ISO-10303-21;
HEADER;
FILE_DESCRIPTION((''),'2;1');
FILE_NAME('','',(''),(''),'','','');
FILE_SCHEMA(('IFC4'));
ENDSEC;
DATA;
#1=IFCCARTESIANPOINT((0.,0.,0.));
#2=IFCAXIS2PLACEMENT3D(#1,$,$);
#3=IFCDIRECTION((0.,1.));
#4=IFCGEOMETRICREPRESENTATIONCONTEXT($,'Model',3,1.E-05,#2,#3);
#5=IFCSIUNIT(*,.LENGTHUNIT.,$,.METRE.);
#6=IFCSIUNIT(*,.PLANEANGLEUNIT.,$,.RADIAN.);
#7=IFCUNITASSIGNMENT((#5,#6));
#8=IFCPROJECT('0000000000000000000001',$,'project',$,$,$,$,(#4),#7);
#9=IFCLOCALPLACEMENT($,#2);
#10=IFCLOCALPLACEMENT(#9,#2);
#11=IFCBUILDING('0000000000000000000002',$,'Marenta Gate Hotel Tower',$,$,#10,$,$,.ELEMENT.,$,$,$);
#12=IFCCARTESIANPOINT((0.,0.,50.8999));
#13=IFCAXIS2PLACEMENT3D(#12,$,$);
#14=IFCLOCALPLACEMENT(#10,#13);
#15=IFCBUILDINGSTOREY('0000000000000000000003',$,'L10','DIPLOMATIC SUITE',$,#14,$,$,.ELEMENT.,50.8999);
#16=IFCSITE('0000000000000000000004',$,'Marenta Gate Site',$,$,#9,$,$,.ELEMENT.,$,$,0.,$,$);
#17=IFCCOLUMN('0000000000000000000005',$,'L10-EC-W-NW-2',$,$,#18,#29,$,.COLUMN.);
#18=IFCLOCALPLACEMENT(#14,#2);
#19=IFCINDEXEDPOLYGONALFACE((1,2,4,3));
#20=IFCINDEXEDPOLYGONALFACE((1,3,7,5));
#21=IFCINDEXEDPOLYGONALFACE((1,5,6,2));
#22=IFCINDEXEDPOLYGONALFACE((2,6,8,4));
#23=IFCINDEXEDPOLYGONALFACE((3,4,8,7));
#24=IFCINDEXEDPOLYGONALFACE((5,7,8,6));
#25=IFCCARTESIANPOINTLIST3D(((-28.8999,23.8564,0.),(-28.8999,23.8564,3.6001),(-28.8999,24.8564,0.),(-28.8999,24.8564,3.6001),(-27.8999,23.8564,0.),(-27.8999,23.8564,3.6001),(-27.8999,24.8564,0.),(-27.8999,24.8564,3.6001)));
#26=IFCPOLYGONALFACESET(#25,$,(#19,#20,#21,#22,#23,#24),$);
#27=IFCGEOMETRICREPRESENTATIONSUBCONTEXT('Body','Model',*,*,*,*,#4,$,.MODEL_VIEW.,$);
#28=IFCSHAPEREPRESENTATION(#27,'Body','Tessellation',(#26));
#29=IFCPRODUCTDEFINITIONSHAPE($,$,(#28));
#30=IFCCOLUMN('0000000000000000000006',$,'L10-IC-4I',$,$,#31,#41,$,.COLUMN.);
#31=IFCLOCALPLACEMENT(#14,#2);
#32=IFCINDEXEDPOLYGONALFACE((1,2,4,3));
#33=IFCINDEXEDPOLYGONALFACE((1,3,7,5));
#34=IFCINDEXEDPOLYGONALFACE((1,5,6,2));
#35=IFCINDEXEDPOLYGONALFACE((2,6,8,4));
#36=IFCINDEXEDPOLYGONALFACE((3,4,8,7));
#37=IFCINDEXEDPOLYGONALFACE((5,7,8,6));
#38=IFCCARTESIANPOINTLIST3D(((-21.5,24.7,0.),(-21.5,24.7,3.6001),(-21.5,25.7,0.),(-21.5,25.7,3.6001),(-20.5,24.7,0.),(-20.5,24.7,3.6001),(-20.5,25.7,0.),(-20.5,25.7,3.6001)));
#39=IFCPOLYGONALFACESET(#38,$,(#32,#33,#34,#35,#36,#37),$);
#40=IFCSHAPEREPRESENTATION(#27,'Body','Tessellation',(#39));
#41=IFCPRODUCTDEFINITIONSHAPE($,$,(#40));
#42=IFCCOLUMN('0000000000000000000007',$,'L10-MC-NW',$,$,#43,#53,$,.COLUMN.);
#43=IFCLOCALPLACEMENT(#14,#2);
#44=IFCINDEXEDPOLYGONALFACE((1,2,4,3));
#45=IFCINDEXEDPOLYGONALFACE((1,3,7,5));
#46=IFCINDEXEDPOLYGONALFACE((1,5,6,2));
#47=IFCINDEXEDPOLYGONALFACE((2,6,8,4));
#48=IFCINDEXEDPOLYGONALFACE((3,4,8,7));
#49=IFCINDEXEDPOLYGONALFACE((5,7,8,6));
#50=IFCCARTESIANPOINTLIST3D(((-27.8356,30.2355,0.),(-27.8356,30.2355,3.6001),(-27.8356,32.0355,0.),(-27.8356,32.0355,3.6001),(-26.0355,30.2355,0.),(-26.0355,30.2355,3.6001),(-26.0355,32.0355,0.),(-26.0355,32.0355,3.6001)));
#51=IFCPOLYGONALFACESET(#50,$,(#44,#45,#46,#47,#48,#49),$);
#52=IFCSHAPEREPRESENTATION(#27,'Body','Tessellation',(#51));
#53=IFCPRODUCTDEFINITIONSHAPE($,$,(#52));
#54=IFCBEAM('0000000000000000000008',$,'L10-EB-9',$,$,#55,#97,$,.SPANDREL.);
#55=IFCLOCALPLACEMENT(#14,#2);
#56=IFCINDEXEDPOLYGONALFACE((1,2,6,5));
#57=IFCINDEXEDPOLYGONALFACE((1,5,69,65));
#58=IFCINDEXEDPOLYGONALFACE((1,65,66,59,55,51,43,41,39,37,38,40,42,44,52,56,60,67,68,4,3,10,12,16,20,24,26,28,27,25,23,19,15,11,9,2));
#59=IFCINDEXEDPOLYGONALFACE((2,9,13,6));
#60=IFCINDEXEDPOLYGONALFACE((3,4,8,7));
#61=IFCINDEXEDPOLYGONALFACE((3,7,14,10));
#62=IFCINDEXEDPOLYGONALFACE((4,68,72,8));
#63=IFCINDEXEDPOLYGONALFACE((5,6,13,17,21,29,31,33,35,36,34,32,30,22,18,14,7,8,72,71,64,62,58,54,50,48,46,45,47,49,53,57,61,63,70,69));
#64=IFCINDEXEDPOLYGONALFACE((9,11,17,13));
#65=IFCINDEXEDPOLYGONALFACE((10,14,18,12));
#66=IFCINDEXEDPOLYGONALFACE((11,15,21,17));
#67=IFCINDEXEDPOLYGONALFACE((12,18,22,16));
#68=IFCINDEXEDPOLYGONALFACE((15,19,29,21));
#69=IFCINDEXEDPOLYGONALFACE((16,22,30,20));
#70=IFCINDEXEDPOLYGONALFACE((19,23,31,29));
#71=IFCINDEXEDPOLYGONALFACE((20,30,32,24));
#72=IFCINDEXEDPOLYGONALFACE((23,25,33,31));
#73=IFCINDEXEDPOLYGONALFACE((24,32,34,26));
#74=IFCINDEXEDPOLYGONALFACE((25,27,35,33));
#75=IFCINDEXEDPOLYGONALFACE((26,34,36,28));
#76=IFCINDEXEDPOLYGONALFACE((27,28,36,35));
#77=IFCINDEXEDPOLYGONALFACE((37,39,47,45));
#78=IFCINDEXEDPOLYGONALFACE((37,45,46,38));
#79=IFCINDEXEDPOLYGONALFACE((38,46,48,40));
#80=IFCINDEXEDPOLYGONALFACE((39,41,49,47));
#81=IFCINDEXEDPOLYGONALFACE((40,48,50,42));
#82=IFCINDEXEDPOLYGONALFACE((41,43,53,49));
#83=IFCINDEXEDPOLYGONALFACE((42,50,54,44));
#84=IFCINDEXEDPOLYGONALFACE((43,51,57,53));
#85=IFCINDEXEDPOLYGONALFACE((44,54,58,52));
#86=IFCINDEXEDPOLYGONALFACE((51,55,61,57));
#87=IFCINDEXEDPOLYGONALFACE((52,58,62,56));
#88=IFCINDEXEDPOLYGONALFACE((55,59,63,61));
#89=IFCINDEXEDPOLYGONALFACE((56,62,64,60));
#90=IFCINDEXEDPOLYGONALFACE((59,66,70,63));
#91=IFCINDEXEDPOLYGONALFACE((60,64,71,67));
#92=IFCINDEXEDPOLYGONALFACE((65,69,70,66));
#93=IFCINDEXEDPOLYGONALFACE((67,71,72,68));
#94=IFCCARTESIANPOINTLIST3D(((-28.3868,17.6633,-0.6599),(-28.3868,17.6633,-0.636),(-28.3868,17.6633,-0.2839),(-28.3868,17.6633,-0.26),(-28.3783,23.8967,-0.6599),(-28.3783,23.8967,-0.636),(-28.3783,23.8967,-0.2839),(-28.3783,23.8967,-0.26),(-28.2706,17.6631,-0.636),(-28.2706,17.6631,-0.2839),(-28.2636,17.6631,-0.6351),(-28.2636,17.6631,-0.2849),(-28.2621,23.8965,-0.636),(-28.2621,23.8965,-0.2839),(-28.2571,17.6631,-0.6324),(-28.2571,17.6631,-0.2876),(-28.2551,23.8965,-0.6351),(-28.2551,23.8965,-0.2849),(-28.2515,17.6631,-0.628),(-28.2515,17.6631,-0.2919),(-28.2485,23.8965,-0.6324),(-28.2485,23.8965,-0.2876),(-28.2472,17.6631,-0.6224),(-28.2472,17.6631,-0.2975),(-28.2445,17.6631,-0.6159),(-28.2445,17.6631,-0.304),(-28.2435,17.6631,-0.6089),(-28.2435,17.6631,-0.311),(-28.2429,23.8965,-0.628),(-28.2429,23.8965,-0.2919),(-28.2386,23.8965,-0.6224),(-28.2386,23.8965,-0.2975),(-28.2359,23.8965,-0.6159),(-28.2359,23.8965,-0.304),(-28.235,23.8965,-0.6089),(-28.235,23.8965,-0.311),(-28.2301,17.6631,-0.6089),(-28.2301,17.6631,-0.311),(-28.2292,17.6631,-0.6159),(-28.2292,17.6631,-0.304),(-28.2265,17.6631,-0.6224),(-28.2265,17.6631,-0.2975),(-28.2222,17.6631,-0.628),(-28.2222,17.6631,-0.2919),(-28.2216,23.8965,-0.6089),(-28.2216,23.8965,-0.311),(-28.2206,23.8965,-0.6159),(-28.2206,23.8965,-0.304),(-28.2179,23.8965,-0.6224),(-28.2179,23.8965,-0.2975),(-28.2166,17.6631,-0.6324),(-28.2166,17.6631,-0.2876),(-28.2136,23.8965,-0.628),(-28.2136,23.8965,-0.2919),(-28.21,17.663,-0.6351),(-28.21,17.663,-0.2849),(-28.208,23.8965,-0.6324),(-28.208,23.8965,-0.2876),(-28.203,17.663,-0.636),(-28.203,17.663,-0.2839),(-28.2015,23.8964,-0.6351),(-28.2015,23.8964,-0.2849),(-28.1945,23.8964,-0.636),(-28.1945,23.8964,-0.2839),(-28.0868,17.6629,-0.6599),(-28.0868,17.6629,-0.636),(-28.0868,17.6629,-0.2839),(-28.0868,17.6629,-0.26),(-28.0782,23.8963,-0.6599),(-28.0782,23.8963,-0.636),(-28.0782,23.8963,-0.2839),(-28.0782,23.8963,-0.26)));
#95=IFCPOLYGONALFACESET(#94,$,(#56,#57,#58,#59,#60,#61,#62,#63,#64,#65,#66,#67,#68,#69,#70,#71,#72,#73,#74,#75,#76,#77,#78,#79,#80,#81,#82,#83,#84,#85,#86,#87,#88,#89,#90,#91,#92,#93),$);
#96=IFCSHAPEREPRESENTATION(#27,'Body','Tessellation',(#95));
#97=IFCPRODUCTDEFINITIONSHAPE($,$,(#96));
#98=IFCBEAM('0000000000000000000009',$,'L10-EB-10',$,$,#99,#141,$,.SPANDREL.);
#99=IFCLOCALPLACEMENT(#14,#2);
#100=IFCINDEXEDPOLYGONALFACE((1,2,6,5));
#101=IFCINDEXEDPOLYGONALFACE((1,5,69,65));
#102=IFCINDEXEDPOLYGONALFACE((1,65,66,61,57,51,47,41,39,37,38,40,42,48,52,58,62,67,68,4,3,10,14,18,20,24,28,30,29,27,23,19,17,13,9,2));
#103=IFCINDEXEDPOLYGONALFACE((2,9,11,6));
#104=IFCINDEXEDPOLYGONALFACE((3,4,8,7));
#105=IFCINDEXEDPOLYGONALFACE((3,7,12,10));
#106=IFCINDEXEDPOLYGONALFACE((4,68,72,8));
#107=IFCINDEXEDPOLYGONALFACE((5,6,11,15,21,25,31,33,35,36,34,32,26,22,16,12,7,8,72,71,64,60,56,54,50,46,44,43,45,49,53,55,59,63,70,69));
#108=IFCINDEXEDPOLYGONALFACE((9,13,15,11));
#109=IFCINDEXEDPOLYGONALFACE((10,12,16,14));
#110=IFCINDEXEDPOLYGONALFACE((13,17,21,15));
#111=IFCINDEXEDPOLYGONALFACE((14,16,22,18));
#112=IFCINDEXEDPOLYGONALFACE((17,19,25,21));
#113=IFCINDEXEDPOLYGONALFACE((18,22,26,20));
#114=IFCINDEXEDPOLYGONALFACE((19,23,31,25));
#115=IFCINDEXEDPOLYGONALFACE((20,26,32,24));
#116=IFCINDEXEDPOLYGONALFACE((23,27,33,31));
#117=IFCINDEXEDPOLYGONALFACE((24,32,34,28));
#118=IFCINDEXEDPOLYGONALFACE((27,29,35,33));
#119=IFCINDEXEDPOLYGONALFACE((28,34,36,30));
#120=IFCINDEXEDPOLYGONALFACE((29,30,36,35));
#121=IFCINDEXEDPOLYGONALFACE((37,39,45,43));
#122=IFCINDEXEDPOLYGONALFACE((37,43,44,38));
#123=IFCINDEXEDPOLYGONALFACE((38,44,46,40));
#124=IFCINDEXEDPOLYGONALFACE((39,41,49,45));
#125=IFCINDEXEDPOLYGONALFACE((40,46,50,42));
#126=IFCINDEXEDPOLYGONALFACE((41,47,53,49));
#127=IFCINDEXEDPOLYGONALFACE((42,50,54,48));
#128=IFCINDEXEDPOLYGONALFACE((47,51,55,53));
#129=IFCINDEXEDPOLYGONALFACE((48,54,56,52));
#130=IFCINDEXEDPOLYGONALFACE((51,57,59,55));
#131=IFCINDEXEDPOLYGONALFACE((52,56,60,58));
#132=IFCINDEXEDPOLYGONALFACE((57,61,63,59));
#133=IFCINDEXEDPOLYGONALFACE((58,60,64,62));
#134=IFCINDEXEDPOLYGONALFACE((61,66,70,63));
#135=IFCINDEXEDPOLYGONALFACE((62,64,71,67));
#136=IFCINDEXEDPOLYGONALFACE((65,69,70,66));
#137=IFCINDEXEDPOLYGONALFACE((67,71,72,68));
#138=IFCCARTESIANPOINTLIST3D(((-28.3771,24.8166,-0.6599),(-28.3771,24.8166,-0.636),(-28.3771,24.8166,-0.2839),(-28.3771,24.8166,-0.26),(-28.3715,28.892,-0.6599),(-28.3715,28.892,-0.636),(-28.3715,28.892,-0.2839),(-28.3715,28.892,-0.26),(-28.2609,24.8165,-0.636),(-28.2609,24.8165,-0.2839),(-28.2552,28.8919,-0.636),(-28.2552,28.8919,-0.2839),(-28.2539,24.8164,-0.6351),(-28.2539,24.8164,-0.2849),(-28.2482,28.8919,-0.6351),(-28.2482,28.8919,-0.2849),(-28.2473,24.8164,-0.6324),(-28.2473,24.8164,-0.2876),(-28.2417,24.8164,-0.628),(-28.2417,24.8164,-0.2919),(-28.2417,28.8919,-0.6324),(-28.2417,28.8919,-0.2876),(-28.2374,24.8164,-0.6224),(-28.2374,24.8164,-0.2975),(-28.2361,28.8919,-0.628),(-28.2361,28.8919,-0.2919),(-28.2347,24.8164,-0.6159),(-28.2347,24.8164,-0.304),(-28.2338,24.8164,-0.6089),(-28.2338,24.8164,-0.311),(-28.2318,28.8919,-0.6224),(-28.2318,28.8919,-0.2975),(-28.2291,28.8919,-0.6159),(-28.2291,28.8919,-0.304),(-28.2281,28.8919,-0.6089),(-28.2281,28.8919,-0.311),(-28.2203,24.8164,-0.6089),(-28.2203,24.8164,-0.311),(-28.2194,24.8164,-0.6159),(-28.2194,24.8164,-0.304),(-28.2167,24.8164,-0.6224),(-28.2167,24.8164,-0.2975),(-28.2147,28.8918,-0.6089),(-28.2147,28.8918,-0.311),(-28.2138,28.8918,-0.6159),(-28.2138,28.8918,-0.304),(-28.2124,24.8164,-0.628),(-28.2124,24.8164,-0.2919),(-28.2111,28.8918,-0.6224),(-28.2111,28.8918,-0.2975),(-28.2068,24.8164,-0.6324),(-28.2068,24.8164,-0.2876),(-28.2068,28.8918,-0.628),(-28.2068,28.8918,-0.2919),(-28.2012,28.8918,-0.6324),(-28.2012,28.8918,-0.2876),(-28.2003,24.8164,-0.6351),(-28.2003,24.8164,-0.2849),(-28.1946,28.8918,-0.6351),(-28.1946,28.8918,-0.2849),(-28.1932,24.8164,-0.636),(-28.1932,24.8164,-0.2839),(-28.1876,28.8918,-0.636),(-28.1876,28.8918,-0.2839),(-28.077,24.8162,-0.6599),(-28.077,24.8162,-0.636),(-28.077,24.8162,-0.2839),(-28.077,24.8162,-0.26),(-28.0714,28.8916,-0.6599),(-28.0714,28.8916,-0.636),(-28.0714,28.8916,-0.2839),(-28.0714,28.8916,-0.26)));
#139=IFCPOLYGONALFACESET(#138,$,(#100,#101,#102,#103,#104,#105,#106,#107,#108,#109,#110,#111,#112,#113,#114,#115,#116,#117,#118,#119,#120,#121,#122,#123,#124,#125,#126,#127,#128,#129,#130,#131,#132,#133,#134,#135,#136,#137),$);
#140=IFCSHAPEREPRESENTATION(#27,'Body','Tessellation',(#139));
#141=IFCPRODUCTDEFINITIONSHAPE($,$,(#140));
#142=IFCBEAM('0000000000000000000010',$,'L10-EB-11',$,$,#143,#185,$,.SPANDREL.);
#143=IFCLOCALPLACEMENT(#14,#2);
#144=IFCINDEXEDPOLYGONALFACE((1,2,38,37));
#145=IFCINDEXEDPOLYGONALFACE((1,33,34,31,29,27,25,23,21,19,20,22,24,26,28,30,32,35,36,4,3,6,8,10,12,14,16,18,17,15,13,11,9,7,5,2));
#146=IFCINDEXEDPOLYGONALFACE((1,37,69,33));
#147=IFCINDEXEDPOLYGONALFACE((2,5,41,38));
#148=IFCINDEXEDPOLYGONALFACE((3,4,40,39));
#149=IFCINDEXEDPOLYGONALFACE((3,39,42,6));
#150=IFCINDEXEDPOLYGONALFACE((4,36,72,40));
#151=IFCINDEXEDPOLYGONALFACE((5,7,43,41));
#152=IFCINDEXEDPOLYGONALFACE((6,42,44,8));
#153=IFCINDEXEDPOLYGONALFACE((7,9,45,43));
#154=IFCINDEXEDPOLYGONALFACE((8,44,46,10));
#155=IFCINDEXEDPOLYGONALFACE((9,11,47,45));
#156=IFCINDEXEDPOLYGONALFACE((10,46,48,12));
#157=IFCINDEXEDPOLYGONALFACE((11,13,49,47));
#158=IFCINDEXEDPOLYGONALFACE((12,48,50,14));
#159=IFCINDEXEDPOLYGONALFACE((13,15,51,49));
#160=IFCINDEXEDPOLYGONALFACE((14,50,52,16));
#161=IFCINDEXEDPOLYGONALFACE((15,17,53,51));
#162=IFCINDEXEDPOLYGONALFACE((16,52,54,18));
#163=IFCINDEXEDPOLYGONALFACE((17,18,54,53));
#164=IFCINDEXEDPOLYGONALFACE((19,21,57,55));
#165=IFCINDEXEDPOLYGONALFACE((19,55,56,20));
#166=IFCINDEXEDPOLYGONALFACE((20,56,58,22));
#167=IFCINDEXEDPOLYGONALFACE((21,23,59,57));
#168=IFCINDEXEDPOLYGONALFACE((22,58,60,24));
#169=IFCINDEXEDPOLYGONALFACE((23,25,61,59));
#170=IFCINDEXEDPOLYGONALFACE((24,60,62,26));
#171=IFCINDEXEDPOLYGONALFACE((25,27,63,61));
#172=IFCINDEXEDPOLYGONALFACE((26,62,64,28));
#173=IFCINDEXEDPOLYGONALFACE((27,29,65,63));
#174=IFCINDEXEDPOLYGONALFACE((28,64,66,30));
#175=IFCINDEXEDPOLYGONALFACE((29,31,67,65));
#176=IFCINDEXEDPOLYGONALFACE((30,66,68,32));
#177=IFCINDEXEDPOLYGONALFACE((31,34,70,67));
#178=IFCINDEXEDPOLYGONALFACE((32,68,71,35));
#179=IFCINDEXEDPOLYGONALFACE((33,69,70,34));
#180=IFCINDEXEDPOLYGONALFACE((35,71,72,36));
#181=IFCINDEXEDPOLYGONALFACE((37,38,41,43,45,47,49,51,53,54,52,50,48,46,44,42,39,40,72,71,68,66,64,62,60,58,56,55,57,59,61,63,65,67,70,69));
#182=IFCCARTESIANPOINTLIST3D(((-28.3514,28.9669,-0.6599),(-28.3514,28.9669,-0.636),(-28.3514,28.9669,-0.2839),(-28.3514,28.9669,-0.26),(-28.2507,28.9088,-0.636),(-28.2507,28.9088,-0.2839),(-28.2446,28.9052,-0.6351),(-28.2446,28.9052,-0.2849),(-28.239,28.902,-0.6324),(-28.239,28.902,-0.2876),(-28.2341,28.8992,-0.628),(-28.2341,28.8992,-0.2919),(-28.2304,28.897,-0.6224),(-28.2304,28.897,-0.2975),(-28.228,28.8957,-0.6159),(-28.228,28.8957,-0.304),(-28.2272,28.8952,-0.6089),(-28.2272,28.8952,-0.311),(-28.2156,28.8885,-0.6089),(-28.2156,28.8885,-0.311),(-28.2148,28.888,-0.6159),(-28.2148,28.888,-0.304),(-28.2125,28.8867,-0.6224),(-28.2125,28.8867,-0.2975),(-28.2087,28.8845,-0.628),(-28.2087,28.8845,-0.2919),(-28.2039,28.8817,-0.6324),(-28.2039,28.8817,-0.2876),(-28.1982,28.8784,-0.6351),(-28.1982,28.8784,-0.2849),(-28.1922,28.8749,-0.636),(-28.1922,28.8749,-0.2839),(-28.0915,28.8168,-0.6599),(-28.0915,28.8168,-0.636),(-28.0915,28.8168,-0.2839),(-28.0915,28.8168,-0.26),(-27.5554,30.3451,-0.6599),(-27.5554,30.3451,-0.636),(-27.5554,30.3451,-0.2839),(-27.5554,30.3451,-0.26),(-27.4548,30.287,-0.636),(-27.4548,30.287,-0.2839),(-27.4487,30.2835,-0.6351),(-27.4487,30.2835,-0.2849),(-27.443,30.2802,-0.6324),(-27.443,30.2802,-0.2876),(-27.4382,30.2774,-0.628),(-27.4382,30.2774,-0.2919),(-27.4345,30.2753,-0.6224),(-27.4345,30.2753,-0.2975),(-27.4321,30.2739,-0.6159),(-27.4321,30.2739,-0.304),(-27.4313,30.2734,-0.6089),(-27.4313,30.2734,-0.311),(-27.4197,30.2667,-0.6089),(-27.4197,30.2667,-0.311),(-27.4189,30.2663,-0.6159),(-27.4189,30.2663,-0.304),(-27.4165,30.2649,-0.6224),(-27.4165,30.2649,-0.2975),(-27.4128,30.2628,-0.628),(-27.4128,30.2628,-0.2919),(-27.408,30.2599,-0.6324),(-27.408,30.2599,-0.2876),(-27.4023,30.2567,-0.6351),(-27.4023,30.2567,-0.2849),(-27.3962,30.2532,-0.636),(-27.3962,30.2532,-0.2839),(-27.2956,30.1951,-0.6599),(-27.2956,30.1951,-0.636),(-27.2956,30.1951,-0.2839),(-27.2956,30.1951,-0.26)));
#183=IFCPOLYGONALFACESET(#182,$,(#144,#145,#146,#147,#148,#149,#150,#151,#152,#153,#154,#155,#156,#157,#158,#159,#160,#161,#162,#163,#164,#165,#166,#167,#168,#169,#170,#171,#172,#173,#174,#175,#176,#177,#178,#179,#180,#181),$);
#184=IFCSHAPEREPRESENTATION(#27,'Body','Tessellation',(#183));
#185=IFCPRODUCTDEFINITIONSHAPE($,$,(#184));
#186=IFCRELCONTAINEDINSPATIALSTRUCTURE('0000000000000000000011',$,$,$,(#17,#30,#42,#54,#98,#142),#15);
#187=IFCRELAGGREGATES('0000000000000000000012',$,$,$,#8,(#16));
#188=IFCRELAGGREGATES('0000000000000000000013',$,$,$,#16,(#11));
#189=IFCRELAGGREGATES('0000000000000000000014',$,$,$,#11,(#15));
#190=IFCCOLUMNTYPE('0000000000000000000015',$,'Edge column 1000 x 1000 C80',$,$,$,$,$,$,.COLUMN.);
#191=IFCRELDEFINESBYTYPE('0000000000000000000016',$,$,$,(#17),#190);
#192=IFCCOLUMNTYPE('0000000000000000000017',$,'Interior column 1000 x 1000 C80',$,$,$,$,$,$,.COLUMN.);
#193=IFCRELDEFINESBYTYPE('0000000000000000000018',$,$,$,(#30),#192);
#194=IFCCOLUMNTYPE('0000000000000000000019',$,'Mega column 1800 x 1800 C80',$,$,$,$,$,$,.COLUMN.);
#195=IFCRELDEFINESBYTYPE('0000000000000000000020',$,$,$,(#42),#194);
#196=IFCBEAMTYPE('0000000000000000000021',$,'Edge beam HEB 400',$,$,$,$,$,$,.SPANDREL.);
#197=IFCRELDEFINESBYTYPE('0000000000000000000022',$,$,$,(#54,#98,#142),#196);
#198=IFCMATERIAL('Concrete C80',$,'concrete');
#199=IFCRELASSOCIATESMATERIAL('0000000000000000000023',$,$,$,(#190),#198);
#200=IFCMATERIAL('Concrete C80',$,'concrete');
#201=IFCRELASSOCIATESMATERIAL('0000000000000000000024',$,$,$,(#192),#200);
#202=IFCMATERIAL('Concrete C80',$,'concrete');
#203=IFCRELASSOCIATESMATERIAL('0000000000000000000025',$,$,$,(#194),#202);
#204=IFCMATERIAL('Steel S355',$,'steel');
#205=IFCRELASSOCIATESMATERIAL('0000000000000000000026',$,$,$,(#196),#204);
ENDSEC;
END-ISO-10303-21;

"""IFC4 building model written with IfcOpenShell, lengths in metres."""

from ifc_helpers import new_model, si_unit, direction, frame, origin, origin_2d, place, context, subcontext, project, spatial, rectangle, i_section, extrude, material, material_profile, profile_set, type_object, element, save


model = new_model("IFC4")

# Units and contexts
model_context = context("Model", 3, precision=1e-05, world=origin(), true_north=direction((0.0, 1.0)))
body_context = subcontext(model_context, "Body", "Model", "MODEL_VIEW")
ifc_project = project(units=[si_unit("LENGTHUNIT", "METRE"), si_unit("PLANEANGLEUNIT", "RADIAN")], contexts=[model_context])

# Site, building, storey
site_placement = place(None, origin())
site = spatial("IfcSite", under=ifc_project, at=site_placement, Name="Marenta Gate Site", CompositionType="ELEMENT", RefElevation=0.0)
building_placement = place(site_placement, origin())
building = spatial("IfcBuilding", under=site, at=building_placement, Name="Marenta Gate Hotel Tower", CompositionType="ELEMENT")
storey_placement = place(building_placement, frame((0.0, 0.0, 50.8999)))
storey = spatial("IfcBuildingStorey", under=building, at=storey_placement, Name="L10", Description="DIPLOMATIC SUITE", CompositionType="ELEMENT", Elevation=50.8999)

# Columns
ifc_material_1 = material(Name="Concrete C80", Category="concrete")
ifc_material_profile_1 = material_profile(ifc_material_1, rectangle(XDim=1.0, YDim=1.0, at=origin_2d()), Name="1000 x 1000")
ifc_profile_set_1 = profile_set([ifc_material_profile_1], Name="Concrete C80")
column_type_1 = type_object("IfcColumnType", Name="Edge column 1000 x 1000 C80", PredefinedType="COLUMN", material=ifc_profile_set_1)
column_1_placement = place(storey_placement, frame((-28.3999, 24.3564, 0.0), z_axis=(0.0, 0.0, 1.0), x_axis=(1.0, 0.0, 0.0)))
element("IfcColumn", 1, at=column_1_placement, inside=storey, type_object=column_type_1, Name="L10-EC-W-NW-2", PredefinedType="COLUMN", context=body_context, shape_type="SweptSolid", body=[
    extrude(rectangle(XDim=1.0, YDim=1.0, at=origin_2d()), origin(), (0.0, 0.0, 1.0), 3.6001),
])
ifc_material_2 = material(Name="Concrete C80", Category="concrete")
ifc_material_profile_2 = material_profile(ifc_material_2, rectangle(XDim=1.0, YDim=1.0, at=origin_2d()), Name="1000 x 1000")
ifc_profile_set_2 = profile_set([ifc_material_profile_2], Name="Concrete C80")
column_type_2 = type_object("IfcColumnType", Name="Interior column 1000 x 1000 C80", PredefinedType="COLUMN", material=ifc_profile_set_2)
column_2_placement = place(storey_placement, frame((-21.0, 25.2, 0.0), z_axis=(0.0, 0.0, 1.0), x_axis=(1.0, 0.0, 0.0)))
element("IfcColumn", 2, at=column_2_placement, inside=storey, type_object=column_type_2, Name="L10-IC-4I", PredefinedType="COLUMN", context=body_context, shape_type="SweptSolid", body=[
    extrude(rectangle(XDim=1.0, YDim=1.0, at=origin_2d()), origin(), (0.0, 0.0, 1.0), 3.6001),
])
ifc_material_3 = material(Name="Concrete C80", Category="concrete")
ifc_material_profile_3 = material_profile(ifc_material_3, rectangle(XDim=1.8, YDim=1.8, at=origin_2d()), Name="1800 x 1800")
ifc_profile_set_3 = profile_set([ifc_material_profile_3], Name="Concrete C80")
column_type_3 = type_object("IfcColumnType", Name="Mega column 1800 x 1800 C80", PredefinedType="COLUMN", material=ifc_profile_set_3)
column_3_placement = place(storey_placement, frame((-26.9355, 31.1355, 0.0), z_axis=(0.0, 0.0, 1.0), x_axis=(1.0, 0.0, 0.0)))
element("IfcColumn", 3, at=column_3_placement, inside=storey, type_object=column_type_3, Name="L10-MC-NW", PredefinedType="COLUMN", context=body_context, shape_type="SweptSolid", body=[
    extrude(rectangle(XDim=1.8, YDim=1.8, at=origin_2d()), origin(), (0.0, 0.0, 1.0), 3.6001),
])

# Beams
ifc_material_4 = material(Name="Steel S355", Category="steel")
ifc_material_profile_4 = material_profile(ifc_material_4, i_section(OverallWidth=0.3, OverallDepth=0.3999, WebThickness=0.0134, FlangeThickness=0.0239, FilletRadius=0.0271, at=origin_2d()), Name="HEB 400")
ifc_profile_set_4 = profile_set([ifc_material_profile_4], Name="Steel S355")
beam_type_1 = type_object("IfcBeamType", Name="Edge beam HEB 400", PredefinedType="SPANDREL", material=ifc_profile_set_4)
beam_1_placement = place(storey_placement, frame((-28.2368, 17.6631, -0.46), z_axis=(0.001371, 0.999999, 0.0), x_axis=(-0.999999, 0.001371, 0.0)))
element("IfcBeam", 4, at=beam_1_placement, inside=storey, type_object=beam_type_1, Name="L10-EB-9", PredefinedType="SPANDREL", context=body_context, shape_type="SweptSolid", body=[
    extrude(i_section(OverallWidth=0.3, OverallDepth=0.3999, WebThickness=0.0134, FlangeThickness=0.0239, FilletRadius=0.0271, at=origin_2d()), origin(), (0.0, 0.0, 1.0), 6.2334),
])
beam_2_placement = place(storey_placement, frame((-28.2271, 24.8164, -0.46), z_axis=(0.001378, 0.999999, 0.0), x_axis=(-0.999999, 0.001378, 0.0)))
element("IfcBeam", 5, at=beam_2_placement, inside=storey, type_object=beam_type_1, Name="L10-EB-10", PredefinedType="SPANDREL", context=body_context, shape_type="SweptSolid", body=[
    extrude(i_section(OverallWidth=0.3, OverallDepth=0.3999, WebThickness=0.0134, FlangeThickness=0.0239, FilletRadius=0.0271, at=origin_2d()), origin(), (0.0, 0.0, 1.0), 4.0754),
])
beam_3_placement = place(storey_placement, frame((-28.2214, 28.8918, -0.46), z_axis=(0.500099, 0.865968, 0.0), x_axis=(-0.865968, 0.500099, 0.0)))
element("IfcBeam", 6, at=beam_3_placement, inside=storey, type_object=beam_type_1, Name="L10-EB-11", PredefinedType="SPANDREL", context=body_context, shape_type="SweptSolid", body=[
    extrude(i_section(OverallWidth=0.3, OverallDepth=0.3999, WebThickness=0.0134, FlangeThickness=0.0239, FilletRadius=0.0271, at=origin_2d()), origin(), (0.0, 0.0, 1.0), 1.5916),
])

save(model, "model.ifc")
